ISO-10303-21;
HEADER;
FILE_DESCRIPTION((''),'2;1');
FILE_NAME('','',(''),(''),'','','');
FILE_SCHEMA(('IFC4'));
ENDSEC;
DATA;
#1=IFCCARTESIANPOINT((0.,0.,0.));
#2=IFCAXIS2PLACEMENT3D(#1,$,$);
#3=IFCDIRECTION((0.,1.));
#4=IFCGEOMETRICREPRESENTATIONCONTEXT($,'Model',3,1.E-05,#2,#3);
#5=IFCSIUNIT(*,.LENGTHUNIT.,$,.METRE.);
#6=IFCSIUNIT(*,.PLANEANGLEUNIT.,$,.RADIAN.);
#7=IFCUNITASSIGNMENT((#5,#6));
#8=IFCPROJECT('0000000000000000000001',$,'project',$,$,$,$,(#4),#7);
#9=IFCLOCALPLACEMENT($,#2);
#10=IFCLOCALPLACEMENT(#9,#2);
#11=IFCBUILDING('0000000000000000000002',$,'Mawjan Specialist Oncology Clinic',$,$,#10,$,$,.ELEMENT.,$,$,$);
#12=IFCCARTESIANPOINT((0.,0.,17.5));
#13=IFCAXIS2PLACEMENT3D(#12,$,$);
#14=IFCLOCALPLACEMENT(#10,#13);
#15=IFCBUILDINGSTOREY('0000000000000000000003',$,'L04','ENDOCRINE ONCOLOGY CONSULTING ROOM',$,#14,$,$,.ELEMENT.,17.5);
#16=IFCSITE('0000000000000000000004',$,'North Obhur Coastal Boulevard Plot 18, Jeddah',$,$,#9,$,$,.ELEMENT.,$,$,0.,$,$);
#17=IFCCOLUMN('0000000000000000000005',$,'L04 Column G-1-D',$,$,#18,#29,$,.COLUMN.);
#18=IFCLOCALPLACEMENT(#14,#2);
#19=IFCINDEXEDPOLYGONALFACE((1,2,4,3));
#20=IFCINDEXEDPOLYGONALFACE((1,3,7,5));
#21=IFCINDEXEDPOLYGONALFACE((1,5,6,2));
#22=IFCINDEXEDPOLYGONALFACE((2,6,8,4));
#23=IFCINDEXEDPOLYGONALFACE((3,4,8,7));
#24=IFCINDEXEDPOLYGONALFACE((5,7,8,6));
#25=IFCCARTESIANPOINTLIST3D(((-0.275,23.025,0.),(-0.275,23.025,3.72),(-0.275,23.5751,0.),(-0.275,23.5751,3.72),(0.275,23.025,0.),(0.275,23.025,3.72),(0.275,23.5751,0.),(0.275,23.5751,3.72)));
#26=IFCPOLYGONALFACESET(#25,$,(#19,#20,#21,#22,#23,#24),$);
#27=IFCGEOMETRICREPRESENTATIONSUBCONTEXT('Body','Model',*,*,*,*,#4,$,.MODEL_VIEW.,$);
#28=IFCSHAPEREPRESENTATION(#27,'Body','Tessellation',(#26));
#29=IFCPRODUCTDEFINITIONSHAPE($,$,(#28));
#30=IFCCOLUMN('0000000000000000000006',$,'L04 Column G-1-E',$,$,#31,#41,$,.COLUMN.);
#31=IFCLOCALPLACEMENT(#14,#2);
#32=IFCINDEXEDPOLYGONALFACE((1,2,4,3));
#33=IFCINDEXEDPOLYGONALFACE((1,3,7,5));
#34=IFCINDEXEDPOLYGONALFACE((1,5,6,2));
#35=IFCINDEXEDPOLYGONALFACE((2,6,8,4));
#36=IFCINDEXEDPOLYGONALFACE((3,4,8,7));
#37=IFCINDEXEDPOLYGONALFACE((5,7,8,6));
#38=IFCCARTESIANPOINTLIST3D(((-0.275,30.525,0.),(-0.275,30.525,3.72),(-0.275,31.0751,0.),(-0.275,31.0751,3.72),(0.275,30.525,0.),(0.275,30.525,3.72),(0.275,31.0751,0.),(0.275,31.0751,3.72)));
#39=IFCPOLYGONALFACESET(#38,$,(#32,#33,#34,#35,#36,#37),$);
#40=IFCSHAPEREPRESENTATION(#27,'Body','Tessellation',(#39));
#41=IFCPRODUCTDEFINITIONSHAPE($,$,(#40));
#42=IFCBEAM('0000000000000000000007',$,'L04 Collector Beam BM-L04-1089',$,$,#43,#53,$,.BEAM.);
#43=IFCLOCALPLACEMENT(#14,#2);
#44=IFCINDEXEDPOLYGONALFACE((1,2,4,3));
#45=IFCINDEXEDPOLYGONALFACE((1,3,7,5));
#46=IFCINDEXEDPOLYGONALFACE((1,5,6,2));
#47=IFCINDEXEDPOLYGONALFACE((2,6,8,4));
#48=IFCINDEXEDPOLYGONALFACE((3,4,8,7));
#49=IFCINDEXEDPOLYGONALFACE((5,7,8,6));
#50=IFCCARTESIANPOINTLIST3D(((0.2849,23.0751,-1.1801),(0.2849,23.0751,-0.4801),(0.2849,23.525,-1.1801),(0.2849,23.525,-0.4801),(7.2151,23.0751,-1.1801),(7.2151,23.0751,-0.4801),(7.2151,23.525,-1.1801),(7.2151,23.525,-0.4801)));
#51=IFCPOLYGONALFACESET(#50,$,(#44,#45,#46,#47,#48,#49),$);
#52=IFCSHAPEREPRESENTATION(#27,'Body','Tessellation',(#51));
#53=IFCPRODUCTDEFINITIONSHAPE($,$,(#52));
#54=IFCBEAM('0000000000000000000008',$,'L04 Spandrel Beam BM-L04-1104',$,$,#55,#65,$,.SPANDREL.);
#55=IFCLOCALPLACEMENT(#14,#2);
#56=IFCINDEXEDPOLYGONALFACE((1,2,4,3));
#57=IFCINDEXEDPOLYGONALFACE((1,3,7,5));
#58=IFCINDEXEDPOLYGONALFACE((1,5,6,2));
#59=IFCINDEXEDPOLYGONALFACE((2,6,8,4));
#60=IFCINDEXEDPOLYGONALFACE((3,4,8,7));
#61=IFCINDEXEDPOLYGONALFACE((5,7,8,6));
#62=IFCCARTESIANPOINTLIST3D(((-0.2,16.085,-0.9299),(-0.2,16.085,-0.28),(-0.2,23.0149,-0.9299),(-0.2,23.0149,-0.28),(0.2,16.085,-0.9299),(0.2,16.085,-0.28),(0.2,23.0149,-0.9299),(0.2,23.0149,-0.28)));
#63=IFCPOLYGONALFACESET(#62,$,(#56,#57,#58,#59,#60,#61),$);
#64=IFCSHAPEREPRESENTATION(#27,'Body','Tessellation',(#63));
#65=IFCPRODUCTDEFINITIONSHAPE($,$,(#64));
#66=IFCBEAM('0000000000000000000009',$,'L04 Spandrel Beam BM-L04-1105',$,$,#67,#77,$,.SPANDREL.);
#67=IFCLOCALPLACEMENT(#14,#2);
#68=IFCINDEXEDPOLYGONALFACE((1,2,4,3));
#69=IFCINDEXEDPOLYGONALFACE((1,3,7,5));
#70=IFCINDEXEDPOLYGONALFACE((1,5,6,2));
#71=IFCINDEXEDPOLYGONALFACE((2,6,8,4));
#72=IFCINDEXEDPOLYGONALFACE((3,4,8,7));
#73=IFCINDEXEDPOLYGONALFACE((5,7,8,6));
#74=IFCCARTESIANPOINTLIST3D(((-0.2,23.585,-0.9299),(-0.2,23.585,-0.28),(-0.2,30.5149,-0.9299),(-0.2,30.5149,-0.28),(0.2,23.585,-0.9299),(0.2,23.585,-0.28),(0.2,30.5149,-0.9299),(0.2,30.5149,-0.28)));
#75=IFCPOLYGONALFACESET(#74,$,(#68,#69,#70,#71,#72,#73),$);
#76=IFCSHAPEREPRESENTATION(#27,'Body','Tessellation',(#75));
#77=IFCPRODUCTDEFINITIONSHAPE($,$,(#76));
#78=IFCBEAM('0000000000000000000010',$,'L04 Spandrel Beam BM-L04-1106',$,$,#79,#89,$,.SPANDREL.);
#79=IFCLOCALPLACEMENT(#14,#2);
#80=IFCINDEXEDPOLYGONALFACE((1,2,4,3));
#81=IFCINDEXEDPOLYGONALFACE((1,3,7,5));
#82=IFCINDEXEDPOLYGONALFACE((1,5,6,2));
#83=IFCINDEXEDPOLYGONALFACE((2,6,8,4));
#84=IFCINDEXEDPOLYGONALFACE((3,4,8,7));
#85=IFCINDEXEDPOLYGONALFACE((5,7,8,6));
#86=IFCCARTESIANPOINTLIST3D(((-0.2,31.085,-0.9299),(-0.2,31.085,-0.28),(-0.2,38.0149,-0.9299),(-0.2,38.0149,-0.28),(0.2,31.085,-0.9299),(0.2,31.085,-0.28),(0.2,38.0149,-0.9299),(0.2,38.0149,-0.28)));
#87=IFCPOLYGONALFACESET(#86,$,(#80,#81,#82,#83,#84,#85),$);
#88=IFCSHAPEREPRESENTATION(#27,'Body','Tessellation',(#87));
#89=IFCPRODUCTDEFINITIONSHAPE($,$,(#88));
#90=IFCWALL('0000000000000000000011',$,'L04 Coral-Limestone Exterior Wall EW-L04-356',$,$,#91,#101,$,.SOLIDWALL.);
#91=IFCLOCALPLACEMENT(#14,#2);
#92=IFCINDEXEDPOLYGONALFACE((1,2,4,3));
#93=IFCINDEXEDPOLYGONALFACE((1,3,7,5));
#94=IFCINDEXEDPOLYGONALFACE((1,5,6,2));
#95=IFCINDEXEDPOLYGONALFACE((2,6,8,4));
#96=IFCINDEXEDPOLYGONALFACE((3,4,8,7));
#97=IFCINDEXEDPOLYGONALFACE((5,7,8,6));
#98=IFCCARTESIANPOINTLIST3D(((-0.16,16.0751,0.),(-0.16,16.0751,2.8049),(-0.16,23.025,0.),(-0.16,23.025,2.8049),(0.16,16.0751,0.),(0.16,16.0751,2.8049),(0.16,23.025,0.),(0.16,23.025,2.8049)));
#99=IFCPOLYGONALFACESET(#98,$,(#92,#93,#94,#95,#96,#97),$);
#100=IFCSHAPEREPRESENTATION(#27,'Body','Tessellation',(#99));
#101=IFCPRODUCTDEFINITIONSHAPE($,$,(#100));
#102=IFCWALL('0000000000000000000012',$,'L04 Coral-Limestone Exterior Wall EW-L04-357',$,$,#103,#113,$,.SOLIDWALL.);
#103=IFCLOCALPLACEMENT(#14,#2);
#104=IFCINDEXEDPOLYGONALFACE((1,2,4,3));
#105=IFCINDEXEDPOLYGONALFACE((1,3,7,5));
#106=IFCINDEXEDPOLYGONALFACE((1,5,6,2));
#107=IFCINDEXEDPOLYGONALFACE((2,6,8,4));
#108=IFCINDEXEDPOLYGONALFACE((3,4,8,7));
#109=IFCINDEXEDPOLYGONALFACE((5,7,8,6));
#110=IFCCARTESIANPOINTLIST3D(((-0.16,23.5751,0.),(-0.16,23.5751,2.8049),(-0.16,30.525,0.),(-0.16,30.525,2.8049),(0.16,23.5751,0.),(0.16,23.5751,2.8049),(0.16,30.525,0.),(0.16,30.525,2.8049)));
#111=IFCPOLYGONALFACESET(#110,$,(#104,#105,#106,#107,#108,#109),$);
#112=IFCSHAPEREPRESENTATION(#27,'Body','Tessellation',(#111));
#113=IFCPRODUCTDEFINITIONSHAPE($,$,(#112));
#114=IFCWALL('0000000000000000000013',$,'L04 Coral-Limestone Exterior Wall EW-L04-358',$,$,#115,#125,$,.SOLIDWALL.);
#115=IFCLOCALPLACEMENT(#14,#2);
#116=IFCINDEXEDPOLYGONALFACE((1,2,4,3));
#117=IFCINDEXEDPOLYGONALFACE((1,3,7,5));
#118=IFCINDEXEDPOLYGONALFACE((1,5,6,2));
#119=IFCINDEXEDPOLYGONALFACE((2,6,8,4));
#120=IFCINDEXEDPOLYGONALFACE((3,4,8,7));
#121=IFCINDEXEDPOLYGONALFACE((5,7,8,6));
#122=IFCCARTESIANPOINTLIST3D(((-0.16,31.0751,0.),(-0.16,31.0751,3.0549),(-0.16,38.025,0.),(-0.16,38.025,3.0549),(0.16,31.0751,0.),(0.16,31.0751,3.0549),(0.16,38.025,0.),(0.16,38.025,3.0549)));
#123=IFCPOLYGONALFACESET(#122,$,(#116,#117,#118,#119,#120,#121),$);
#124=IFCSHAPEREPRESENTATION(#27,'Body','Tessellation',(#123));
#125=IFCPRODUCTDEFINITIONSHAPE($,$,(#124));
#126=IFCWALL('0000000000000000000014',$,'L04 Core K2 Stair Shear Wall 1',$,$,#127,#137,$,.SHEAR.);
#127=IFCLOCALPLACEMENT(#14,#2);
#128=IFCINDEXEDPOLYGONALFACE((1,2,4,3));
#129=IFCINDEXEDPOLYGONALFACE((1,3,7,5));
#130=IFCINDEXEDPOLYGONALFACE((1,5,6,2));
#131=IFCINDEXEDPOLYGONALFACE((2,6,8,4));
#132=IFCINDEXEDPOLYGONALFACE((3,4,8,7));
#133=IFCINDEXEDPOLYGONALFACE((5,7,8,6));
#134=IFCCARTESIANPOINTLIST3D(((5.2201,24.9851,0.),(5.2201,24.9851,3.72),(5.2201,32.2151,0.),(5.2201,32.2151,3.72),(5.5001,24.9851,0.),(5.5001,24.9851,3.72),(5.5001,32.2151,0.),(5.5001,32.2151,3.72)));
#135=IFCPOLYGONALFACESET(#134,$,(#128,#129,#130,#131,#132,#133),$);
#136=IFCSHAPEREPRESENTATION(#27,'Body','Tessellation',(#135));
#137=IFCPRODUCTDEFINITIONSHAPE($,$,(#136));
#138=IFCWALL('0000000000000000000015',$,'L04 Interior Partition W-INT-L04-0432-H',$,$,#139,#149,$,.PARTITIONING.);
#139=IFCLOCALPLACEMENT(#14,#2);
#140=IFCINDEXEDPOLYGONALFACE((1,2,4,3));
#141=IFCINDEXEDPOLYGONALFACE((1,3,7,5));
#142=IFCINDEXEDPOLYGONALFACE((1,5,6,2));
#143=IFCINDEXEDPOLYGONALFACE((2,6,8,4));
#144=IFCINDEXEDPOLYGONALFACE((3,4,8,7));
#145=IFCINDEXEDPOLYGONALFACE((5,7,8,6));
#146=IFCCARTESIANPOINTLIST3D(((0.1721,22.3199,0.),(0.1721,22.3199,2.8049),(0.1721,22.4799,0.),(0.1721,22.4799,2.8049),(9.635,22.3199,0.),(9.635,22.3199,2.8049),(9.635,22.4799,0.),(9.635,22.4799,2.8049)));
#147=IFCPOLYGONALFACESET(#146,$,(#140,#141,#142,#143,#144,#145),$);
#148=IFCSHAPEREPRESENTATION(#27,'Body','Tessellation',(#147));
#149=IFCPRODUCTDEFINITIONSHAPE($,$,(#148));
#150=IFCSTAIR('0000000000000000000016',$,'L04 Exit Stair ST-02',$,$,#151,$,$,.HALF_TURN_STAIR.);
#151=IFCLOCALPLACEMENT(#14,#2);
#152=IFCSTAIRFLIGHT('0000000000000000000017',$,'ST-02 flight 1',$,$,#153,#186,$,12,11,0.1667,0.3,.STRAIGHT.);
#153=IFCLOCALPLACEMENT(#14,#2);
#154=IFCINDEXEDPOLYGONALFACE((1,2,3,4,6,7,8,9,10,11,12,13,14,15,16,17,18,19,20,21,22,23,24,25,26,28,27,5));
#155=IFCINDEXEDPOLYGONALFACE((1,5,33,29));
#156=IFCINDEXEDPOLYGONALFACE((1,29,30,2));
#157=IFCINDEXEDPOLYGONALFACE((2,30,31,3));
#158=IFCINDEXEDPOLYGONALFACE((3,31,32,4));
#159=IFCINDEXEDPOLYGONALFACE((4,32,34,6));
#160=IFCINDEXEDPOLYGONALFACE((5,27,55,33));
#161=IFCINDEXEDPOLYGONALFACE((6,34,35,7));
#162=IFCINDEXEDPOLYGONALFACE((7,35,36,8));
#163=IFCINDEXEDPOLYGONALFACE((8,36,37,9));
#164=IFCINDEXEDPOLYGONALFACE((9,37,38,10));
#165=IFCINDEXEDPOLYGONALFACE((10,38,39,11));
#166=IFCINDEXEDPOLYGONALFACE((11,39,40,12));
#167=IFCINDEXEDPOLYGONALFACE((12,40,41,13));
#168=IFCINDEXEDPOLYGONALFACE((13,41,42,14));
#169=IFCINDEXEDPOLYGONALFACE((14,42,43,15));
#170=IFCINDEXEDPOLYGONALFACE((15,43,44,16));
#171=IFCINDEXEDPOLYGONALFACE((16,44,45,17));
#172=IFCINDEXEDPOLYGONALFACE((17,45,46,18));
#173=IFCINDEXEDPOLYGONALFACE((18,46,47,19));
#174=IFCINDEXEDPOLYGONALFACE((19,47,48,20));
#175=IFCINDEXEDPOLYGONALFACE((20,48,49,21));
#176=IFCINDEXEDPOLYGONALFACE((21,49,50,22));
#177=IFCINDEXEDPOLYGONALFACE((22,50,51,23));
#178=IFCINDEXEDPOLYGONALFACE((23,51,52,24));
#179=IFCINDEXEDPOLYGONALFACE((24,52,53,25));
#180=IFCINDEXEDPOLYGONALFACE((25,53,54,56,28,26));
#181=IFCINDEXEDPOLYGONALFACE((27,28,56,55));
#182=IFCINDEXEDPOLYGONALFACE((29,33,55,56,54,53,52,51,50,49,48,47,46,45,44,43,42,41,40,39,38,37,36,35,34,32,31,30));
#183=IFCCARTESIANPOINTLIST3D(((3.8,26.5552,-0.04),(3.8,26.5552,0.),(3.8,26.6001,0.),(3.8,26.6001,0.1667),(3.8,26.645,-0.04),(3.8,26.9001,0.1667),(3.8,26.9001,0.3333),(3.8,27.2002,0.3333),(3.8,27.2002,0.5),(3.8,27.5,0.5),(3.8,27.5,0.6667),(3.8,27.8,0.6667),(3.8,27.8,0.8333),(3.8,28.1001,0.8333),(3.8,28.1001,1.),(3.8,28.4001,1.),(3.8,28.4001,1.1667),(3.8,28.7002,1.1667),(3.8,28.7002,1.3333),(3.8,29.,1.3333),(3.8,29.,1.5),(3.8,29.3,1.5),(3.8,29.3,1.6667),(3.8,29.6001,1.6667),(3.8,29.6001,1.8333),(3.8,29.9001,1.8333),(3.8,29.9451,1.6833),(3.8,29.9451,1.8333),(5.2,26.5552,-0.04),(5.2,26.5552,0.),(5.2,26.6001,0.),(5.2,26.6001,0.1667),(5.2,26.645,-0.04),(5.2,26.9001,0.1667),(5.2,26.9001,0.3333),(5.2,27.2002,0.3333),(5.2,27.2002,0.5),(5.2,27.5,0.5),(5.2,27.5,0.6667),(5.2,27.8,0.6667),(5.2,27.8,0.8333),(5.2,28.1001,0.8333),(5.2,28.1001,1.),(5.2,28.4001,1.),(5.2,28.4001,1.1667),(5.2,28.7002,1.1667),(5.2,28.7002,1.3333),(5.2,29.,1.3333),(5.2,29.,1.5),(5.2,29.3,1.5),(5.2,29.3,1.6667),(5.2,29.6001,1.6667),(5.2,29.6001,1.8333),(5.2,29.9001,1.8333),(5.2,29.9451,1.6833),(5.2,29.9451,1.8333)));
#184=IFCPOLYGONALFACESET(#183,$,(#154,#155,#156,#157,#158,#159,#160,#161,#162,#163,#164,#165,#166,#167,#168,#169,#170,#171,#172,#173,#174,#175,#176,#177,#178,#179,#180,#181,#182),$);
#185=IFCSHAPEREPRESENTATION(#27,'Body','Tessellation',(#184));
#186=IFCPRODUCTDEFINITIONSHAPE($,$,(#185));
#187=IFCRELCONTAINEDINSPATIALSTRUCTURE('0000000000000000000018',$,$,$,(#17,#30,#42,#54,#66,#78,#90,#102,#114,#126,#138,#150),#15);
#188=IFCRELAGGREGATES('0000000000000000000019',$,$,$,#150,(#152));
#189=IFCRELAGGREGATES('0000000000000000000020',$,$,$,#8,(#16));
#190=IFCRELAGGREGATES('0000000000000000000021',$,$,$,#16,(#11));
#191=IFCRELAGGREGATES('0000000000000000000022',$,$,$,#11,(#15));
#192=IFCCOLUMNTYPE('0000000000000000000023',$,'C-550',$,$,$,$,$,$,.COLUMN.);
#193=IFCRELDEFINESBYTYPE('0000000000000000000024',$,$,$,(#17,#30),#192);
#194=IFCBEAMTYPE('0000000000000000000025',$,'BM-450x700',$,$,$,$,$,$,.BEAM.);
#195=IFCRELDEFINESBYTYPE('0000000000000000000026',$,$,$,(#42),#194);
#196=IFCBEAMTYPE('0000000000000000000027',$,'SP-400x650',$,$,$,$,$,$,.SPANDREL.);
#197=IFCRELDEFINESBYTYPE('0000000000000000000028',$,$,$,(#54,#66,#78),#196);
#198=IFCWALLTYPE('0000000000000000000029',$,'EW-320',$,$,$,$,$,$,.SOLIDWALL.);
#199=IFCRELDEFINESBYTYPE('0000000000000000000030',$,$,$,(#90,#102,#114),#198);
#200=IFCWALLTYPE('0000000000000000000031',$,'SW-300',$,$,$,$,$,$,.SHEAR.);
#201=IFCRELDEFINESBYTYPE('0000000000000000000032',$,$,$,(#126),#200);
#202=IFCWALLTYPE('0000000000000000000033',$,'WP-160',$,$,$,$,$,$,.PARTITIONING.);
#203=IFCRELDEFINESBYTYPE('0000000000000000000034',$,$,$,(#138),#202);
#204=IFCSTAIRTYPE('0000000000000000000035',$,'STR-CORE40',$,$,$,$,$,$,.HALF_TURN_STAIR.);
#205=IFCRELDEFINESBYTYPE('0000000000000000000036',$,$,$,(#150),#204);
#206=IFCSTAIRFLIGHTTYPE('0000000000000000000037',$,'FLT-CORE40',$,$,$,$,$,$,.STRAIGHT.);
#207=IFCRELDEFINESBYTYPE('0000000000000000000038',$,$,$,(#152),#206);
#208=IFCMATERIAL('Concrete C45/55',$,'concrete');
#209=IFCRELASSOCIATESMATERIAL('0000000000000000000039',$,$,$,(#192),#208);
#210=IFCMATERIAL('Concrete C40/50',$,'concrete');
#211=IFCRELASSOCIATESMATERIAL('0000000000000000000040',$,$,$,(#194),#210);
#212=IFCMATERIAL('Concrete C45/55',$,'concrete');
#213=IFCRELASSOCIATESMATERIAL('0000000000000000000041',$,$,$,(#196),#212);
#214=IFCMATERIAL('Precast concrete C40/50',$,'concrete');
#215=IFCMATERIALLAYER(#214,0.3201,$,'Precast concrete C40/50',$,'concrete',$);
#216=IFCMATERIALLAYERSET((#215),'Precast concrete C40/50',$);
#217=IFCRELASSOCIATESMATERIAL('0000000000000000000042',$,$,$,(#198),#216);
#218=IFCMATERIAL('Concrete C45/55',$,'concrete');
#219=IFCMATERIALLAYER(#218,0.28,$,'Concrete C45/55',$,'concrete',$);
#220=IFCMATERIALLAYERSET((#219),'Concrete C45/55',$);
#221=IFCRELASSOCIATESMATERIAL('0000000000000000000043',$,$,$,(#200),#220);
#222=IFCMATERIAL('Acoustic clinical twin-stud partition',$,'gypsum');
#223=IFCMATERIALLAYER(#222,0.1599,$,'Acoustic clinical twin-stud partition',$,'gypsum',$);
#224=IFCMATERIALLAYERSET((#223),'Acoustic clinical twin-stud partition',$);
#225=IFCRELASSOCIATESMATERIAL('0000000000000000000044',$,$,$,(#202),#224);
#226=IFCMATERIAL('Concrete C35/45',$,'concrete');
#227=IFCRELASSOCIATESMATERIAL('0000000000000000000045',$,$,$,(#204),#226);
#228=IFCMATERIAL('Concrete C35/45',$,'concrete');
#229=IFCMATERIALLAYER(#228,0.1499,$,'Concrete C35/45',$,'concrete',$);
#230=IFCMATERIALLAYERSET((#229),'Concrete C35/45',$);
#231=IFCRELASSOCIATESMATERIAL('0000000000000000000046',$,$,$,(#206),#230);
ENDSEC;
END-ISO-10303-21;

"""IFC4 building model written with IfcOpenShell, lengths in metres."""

from ifc_helpers import new_model, si_unit, direction, frame, frame_2d, origin, origin_2d, place, context, subcontext, project, spatial, polyline, rectangle, outline, extrude, material, layer, layer_set, material_profile, profile_set, type_object, element, aggregate, save


model = new_model("IFC4")

# Units and contexts
model_context = context("Model", 3, precision=1e-05, world=origin(), true_north=direction((0.0, 1.0)))
body_context = subcontext(model_context, "Body", "Model", "MODEL_VIEW")
ifc_project = project(units=[si_unit("LENGTHUNIT", "METRE"), si_unit("PLANEANGLEUNIT", "RADIAN")], contexts=[model_context])

# Site, building, storey
site_placement = place(None, origin())
site = spatial("IfcSite", under=ifc_project, at=site_placement, Name="North Obhur Coastal Boulevard Plot 18, Jeddah", CompositionType="ELEMENT", RefElevation=0.0)
building_placement = place(site_placement, origin())
building = spatial("IfcBuilding", under=site, at=building_placement, Name="Mawjan Specialist Oncology Clinic", CompositionType="ELEMENT")
storey_placement = place(building_placement, frame((0.0, 0.0, 17.5)))
storey = spatial("IfcBuildingStorey", under=building, at=storey_placement, Name="L04", Description="ENDOCRINE ONCOLOGY CONSULTING ROOM", CompositionType="ELEMENT", Elevation=17.5)

# Columns
ifc_material_1 = material(Name="Concrete C45/55", Category="concrete")
ifc_material_profile_1 = material_profile(ifc_material_1, rectangle(XDim=0.55, YDim=0.55, at=origin_2d()), Name="RC COL 550x550", Category="concrete")
ifc_profile_set_1 = profile_set([ifc_material_profile_1], Name="Concrete C45/55")
column_type = type_object("IfcColumnType", Name="C-550", PredefinedType="COLUMN", material=ifc_profile_set_1)
for number, where, z_axis, x_axis, name in (
    (1, (0.0, 23.3, 0.0), (0.0, 0.0, 1.0), (1.0, 0.0, 0.0), "L04 Column G-1-D"),
    (2, (0.0, 30.8, 0.0), (0.0, 0.0, 1.0), (1.0, 0.0, 0.0), "L04 Column G-1-E"),
):
    element("IfcColumn", number, at=place(storey_placement, frame(where, z_axis=z_axis, x_axis=x_axis)), inside=storey, type_object=column_type, Name=name, PredefinedType="COLUMN", context=body_context, shape_type="SweptSolid", body=[
        extrude(rectangle(XDim=0.55, YDim=0.55, at=origin_2d()), origin(), (0.0, 0.0, 1.0), 3.72),
    ])

# Beams
ifc_material_2 = material(Name="Concrete C40/50", Category="concrete")
ifc_material_profile_2 = material_profile(ifc_material_2, rectangle(XDim=0.45, YDim=0.7, at=origin_2d()), Name="RC BM 450x700", Category="concrete")
ifc_profile_set_2 = profile_set([ifc_material_profile_2], Name="Concrete C40/50")
beam_type_1 = type_object("IfcBeamType", Name="BM-450x700", PredefinedType="BEAM", material=ifc_profile_set_2)
beam_placement = place(storey_placement, frame((0.2849, 23.3, -0.8301), z_axis=(1.0, 0.0, 0.0), x_axis=(0.0, 1.0, 0.0)))
element("IfcBeam", 3, at=beam_placement, inside=storey, type_object=beam_type_1, Name="L04 Collector Beam BM-L04-1089", PredefinedType="BEAM", context=body_context, shape_type="SweptSolid", body=[
    extrude(rectangle(XDim=0.45, YDim=0.7, at=origin_2d()), origin(), (0.0, 0.0, 1.0), 6.9302),
])
ifc_material_3 = material(Name="Concrete C45/55", Category="concrete")
ifc_material_profile_3 = material_profile(ifc_material_3, rectangle(XDim=0.3999, YDim=0.6499, at=origin_2d()), Name="RC BM 400x650", Category="concrete")
ifc_profile_set_3 = profile_set([ifc_material_profile_3], Name="Concrete C45/55")
beam_type_2 = type_object("IfcBeamType", Name="SP-400x650", PredefinedType="SPANDREL", material=ifc_profile_set_3)
for number, where, z_axis, x_axis, name in (
    (4, (0.0, 16.085, -0.605), (0.0, 1.0, 0.0), (-1.0, 0.0, 0.0), "L04 Spandrel Beam BM-L04-1104"),
    (5, (0.0, 23.585, -0.605), (0.0, 1.0, 0.0), (-1.0, 0.0, 0.0), "L04 Spandrel Beam BM-L04-1105"),
    (6, (0.0, 31.085, -0.605), (0.0, 1.0, 0.0), (-1.0, 0.0, 0.0), "L04 Spandrel Beam BM-L04-1106"),
):
    element("IfcBeam", number, at=place(storey_placement, frame(where, z_axis=z_axis, x_axis=x_axis)), inside=storey, type_object=beam_type_2, Name=name, PredefinedType="SPANDREL", context=body_context, shape_type="SweptSolid", body=[
        extrude(rectangle(XDim=0.3999, YDim=0.6499, at=origin_2d()), origin(), (0.0, 0.0, 1.0), 6.9299),
    ])

# Walls
ifc_material_4 = material(Name="Precast concrete C40/50", Category="concrete")
ifc_layer_1 = layer(ifc_material_4, 0.3201, Name="Precast concrete C40/50", Category="concrete")
ifc_layer_set_1 = layer_set([ifc_layer_1], Name="Precast concrete C40/50")
wall_type_1 = type_object("IfcWallType", Name="EW-320", PredefinedType="SOLIDWALL", material=ifc_layer_set_1)
for number, where, z_axis, x_axis, name in (
    (7, (0.0, 16.075, 0.0), (0.0, 0.0, 1.0), (0.0, 1.0, 0.0), "L04 Coral-Limestone Exterior Wall EW-L04-356"),
    (8, (0.0, 23.575, 0.0), (0.0, 0.0, 1.0), (0.0, 1.0, 0.0), "L04 Coral-Limestone Exterior Wall EW-L04-357"),
):
    element("IfcWall", number, at=place(storey_placement, frame(where, z_axis=z_axis, x_axis=x_axis)), inside=storey, type_object=wall_type_1, Name=name, PredefinedType="SOLIDWALL", context=body_context, shape_type="SweptSolid", body=[
        extrude(rectangle(XDim=6.95, YDim=0.3201, at=frame_2d((3.4751, 0.0))), origin(), (0.0, 0.0, 1.0), 2.8049),
    ])
wall_1_placement = place(storey_placement, frame((0.0, 31.075, 0.0), z_axis=(0.0, 0.0, 1.0), x_axis=(0.0, 1.0, 0.0)))
element("IfcWall", 9, at=wall_1_placement, inside=storey, type_object=wall_type_1, Name="L04 Coral-Limestone Exterior Wall EW-L04-358", PredefinedType="SOLIDWALL", context=body_context, shape_type="SweptSolid", body=[
    extrude(rectangle(XDim=6.95, YDim=0.3201, at=frame_2d((3.4751, 0.0))), origin(), (0.0, 0.0, 1.0), 3.0549),
])
ifc_material_5 = material(Name="Concrete C45/55", Category="concrete")
ifc_layer_2 = layer(ifc_material_5, 0.28, Name="Concrete C45/55", Category="concrete")
ifc_layer_set_2 = layer_set([ifc_layer_2], Name="Concrete C45/55")
wall_type_2 = type_object("IfcWallType", Name="SW-300", PredefinedType="SHEAR", material=ifc_layer_set_2)
wall_2_placement = place(storey_placement, frame((5.3601, 24.9851, 0.0), z_axis=(0.0, 0.0, 1.0), x_axis=(0.0, 1.0, 0.0)))
element("IfcWall", 10, at=wall_2_placement, inside=storey, type_object=wall_type_2, Name="L04 Core K2 Stair Shear Wall 1", PredefinedType="SHEAR", context=body_context, shape_type="SweptSolid", body=[
    extrude(rectangle(XDim=7.23, YDim=0.28, at=frame_2d((3.615, 0.0))), origin(), (0.0, 0.0, 1.0), 3.72),
])

# Wall
ifc_material_6 = material(Name="Acoustic clinical twin-stud partition", Category="gypsum")
ifc_layer_3 = layer(ifc_material_6, 0.1599, Name="Acoustic clinical twin-stud partition", Category="gypsum")
ifc_layer_set_3 = layer_set([ifc_layer_3], Name="Acoustic clinical twin-stud partition")
wall_type_3 = type_object("IfcWallType", Name="WP-160", PredefinedType="PARTITIONING", material=ifc_layer_set_3)
wall_3_placement = place(storey_placement, frame((0.1721, 22.3999, 0.0), z_axis=(0.0, 0.0, 1.0), x_axis=(1.0, 0.0, 0.0)))
element("IfcWall", 11, at=wall_3_placement, inside=storey, type_object=wall_type_3, Name="L04 Interior Partition W-INT-L04-0432-H", PredefinedType="PARTITIONING", context=body_context, shape_type="SweptSolid", body=[
    extrude(rectangle(XDim=9.4629, YDim=0.1599, at=frame_2d((4.7314, 0.0))), origin(), (0.0, 0.0, 1.0), 2.8049),
])

# Stair, stair flight
ifc_material_7 = material(Name="Concrete C35/45", Category="concrete")
stair_type = type_object("IfcStairType", Name="STR-CORE40", PredefinedType="HALF_TURN_STAIR", material=ifc_material_7)
stair_placement = place(storey_placement, origin())
stair = element("IfcStair", 12, at=stair_placement, inside=storey, type_object=stair_type, Name="L04 Exit Stair ST-02", PredefinedType="HALF_TURN_STAIR")
ifc_material_8 = material(Name="Concrete C35/45", Category="concrete")
ifc_layer_4 = layer(ifc_material_8, 0.1499, Name="Concrete C35/45", Category="concrete")
ifc_layer_set_4 = layer_set([ifc_layer_4], Name="Concrete C35/45")
stair_flight_type = type_object("IfcStairFlightType", Name="FLT-CORE40", PredefinedType="STRAIGHT", material=ifc_layer_set_4)
stair_flight_1_placement = place(storey_placement, frame((4.5, 26.6001, 0.0), z_axis=(0.0, 0.0, 1.0), x_axis=(0.0, 1.0, 0.0)))
stair_flight_1 = element("IfcStairFlight", 13, at=stair_flight_1_placement, type_object=stair_flight_type, Name="ST-02 flight 1", NumberOfRisers=12, NumberOfTreads=11, PredefinedType="STRAIGHT", RiserHeight=0.1667, TreadLength=0.3, context=body_context, shape_type="SweptSolid", body=[
    extrude(outline(polyline([(-0.0449, -0.04), (-0.0449, 0.0), (0.0, 0.0), (0.0, 0.1667), (0.3, 0.1667), (0.3, 0.3333), (0.6001, 0.3333), (0.6001, 0.5), (0.8999, 0.5), (0.8999, 0.6667), (1.2, 0.6667), (1.2, 0.8333), (1.5, 0.8333), (1.5, 1.0), (1.8, 1.0), (1.8, 1.1667), (2.1001, 1.1667), (2.1001, 1.3333), (2.3999, 1.3333), (2.3999, 1.5), (2.7, 1.5), (2.7, 1.6667), (3.0, 1.6667), (3.0, 1.8333), (3.3, 1.8333), (3.345, 1.8333), (3.345, 1.6833), (0.0449, -0.04), (-0.0449, -0.04)])), frame((0.0, 0.7, 0.0), z_axis=(0.0, -1.0, 0.0), x_axis=(1.0, 0.0, 0.0)), (0.0, 0.0, 1.0), 1.3999),
])
aggregate(stair, [stair_flight_1])

save(model, "model.ifc")
